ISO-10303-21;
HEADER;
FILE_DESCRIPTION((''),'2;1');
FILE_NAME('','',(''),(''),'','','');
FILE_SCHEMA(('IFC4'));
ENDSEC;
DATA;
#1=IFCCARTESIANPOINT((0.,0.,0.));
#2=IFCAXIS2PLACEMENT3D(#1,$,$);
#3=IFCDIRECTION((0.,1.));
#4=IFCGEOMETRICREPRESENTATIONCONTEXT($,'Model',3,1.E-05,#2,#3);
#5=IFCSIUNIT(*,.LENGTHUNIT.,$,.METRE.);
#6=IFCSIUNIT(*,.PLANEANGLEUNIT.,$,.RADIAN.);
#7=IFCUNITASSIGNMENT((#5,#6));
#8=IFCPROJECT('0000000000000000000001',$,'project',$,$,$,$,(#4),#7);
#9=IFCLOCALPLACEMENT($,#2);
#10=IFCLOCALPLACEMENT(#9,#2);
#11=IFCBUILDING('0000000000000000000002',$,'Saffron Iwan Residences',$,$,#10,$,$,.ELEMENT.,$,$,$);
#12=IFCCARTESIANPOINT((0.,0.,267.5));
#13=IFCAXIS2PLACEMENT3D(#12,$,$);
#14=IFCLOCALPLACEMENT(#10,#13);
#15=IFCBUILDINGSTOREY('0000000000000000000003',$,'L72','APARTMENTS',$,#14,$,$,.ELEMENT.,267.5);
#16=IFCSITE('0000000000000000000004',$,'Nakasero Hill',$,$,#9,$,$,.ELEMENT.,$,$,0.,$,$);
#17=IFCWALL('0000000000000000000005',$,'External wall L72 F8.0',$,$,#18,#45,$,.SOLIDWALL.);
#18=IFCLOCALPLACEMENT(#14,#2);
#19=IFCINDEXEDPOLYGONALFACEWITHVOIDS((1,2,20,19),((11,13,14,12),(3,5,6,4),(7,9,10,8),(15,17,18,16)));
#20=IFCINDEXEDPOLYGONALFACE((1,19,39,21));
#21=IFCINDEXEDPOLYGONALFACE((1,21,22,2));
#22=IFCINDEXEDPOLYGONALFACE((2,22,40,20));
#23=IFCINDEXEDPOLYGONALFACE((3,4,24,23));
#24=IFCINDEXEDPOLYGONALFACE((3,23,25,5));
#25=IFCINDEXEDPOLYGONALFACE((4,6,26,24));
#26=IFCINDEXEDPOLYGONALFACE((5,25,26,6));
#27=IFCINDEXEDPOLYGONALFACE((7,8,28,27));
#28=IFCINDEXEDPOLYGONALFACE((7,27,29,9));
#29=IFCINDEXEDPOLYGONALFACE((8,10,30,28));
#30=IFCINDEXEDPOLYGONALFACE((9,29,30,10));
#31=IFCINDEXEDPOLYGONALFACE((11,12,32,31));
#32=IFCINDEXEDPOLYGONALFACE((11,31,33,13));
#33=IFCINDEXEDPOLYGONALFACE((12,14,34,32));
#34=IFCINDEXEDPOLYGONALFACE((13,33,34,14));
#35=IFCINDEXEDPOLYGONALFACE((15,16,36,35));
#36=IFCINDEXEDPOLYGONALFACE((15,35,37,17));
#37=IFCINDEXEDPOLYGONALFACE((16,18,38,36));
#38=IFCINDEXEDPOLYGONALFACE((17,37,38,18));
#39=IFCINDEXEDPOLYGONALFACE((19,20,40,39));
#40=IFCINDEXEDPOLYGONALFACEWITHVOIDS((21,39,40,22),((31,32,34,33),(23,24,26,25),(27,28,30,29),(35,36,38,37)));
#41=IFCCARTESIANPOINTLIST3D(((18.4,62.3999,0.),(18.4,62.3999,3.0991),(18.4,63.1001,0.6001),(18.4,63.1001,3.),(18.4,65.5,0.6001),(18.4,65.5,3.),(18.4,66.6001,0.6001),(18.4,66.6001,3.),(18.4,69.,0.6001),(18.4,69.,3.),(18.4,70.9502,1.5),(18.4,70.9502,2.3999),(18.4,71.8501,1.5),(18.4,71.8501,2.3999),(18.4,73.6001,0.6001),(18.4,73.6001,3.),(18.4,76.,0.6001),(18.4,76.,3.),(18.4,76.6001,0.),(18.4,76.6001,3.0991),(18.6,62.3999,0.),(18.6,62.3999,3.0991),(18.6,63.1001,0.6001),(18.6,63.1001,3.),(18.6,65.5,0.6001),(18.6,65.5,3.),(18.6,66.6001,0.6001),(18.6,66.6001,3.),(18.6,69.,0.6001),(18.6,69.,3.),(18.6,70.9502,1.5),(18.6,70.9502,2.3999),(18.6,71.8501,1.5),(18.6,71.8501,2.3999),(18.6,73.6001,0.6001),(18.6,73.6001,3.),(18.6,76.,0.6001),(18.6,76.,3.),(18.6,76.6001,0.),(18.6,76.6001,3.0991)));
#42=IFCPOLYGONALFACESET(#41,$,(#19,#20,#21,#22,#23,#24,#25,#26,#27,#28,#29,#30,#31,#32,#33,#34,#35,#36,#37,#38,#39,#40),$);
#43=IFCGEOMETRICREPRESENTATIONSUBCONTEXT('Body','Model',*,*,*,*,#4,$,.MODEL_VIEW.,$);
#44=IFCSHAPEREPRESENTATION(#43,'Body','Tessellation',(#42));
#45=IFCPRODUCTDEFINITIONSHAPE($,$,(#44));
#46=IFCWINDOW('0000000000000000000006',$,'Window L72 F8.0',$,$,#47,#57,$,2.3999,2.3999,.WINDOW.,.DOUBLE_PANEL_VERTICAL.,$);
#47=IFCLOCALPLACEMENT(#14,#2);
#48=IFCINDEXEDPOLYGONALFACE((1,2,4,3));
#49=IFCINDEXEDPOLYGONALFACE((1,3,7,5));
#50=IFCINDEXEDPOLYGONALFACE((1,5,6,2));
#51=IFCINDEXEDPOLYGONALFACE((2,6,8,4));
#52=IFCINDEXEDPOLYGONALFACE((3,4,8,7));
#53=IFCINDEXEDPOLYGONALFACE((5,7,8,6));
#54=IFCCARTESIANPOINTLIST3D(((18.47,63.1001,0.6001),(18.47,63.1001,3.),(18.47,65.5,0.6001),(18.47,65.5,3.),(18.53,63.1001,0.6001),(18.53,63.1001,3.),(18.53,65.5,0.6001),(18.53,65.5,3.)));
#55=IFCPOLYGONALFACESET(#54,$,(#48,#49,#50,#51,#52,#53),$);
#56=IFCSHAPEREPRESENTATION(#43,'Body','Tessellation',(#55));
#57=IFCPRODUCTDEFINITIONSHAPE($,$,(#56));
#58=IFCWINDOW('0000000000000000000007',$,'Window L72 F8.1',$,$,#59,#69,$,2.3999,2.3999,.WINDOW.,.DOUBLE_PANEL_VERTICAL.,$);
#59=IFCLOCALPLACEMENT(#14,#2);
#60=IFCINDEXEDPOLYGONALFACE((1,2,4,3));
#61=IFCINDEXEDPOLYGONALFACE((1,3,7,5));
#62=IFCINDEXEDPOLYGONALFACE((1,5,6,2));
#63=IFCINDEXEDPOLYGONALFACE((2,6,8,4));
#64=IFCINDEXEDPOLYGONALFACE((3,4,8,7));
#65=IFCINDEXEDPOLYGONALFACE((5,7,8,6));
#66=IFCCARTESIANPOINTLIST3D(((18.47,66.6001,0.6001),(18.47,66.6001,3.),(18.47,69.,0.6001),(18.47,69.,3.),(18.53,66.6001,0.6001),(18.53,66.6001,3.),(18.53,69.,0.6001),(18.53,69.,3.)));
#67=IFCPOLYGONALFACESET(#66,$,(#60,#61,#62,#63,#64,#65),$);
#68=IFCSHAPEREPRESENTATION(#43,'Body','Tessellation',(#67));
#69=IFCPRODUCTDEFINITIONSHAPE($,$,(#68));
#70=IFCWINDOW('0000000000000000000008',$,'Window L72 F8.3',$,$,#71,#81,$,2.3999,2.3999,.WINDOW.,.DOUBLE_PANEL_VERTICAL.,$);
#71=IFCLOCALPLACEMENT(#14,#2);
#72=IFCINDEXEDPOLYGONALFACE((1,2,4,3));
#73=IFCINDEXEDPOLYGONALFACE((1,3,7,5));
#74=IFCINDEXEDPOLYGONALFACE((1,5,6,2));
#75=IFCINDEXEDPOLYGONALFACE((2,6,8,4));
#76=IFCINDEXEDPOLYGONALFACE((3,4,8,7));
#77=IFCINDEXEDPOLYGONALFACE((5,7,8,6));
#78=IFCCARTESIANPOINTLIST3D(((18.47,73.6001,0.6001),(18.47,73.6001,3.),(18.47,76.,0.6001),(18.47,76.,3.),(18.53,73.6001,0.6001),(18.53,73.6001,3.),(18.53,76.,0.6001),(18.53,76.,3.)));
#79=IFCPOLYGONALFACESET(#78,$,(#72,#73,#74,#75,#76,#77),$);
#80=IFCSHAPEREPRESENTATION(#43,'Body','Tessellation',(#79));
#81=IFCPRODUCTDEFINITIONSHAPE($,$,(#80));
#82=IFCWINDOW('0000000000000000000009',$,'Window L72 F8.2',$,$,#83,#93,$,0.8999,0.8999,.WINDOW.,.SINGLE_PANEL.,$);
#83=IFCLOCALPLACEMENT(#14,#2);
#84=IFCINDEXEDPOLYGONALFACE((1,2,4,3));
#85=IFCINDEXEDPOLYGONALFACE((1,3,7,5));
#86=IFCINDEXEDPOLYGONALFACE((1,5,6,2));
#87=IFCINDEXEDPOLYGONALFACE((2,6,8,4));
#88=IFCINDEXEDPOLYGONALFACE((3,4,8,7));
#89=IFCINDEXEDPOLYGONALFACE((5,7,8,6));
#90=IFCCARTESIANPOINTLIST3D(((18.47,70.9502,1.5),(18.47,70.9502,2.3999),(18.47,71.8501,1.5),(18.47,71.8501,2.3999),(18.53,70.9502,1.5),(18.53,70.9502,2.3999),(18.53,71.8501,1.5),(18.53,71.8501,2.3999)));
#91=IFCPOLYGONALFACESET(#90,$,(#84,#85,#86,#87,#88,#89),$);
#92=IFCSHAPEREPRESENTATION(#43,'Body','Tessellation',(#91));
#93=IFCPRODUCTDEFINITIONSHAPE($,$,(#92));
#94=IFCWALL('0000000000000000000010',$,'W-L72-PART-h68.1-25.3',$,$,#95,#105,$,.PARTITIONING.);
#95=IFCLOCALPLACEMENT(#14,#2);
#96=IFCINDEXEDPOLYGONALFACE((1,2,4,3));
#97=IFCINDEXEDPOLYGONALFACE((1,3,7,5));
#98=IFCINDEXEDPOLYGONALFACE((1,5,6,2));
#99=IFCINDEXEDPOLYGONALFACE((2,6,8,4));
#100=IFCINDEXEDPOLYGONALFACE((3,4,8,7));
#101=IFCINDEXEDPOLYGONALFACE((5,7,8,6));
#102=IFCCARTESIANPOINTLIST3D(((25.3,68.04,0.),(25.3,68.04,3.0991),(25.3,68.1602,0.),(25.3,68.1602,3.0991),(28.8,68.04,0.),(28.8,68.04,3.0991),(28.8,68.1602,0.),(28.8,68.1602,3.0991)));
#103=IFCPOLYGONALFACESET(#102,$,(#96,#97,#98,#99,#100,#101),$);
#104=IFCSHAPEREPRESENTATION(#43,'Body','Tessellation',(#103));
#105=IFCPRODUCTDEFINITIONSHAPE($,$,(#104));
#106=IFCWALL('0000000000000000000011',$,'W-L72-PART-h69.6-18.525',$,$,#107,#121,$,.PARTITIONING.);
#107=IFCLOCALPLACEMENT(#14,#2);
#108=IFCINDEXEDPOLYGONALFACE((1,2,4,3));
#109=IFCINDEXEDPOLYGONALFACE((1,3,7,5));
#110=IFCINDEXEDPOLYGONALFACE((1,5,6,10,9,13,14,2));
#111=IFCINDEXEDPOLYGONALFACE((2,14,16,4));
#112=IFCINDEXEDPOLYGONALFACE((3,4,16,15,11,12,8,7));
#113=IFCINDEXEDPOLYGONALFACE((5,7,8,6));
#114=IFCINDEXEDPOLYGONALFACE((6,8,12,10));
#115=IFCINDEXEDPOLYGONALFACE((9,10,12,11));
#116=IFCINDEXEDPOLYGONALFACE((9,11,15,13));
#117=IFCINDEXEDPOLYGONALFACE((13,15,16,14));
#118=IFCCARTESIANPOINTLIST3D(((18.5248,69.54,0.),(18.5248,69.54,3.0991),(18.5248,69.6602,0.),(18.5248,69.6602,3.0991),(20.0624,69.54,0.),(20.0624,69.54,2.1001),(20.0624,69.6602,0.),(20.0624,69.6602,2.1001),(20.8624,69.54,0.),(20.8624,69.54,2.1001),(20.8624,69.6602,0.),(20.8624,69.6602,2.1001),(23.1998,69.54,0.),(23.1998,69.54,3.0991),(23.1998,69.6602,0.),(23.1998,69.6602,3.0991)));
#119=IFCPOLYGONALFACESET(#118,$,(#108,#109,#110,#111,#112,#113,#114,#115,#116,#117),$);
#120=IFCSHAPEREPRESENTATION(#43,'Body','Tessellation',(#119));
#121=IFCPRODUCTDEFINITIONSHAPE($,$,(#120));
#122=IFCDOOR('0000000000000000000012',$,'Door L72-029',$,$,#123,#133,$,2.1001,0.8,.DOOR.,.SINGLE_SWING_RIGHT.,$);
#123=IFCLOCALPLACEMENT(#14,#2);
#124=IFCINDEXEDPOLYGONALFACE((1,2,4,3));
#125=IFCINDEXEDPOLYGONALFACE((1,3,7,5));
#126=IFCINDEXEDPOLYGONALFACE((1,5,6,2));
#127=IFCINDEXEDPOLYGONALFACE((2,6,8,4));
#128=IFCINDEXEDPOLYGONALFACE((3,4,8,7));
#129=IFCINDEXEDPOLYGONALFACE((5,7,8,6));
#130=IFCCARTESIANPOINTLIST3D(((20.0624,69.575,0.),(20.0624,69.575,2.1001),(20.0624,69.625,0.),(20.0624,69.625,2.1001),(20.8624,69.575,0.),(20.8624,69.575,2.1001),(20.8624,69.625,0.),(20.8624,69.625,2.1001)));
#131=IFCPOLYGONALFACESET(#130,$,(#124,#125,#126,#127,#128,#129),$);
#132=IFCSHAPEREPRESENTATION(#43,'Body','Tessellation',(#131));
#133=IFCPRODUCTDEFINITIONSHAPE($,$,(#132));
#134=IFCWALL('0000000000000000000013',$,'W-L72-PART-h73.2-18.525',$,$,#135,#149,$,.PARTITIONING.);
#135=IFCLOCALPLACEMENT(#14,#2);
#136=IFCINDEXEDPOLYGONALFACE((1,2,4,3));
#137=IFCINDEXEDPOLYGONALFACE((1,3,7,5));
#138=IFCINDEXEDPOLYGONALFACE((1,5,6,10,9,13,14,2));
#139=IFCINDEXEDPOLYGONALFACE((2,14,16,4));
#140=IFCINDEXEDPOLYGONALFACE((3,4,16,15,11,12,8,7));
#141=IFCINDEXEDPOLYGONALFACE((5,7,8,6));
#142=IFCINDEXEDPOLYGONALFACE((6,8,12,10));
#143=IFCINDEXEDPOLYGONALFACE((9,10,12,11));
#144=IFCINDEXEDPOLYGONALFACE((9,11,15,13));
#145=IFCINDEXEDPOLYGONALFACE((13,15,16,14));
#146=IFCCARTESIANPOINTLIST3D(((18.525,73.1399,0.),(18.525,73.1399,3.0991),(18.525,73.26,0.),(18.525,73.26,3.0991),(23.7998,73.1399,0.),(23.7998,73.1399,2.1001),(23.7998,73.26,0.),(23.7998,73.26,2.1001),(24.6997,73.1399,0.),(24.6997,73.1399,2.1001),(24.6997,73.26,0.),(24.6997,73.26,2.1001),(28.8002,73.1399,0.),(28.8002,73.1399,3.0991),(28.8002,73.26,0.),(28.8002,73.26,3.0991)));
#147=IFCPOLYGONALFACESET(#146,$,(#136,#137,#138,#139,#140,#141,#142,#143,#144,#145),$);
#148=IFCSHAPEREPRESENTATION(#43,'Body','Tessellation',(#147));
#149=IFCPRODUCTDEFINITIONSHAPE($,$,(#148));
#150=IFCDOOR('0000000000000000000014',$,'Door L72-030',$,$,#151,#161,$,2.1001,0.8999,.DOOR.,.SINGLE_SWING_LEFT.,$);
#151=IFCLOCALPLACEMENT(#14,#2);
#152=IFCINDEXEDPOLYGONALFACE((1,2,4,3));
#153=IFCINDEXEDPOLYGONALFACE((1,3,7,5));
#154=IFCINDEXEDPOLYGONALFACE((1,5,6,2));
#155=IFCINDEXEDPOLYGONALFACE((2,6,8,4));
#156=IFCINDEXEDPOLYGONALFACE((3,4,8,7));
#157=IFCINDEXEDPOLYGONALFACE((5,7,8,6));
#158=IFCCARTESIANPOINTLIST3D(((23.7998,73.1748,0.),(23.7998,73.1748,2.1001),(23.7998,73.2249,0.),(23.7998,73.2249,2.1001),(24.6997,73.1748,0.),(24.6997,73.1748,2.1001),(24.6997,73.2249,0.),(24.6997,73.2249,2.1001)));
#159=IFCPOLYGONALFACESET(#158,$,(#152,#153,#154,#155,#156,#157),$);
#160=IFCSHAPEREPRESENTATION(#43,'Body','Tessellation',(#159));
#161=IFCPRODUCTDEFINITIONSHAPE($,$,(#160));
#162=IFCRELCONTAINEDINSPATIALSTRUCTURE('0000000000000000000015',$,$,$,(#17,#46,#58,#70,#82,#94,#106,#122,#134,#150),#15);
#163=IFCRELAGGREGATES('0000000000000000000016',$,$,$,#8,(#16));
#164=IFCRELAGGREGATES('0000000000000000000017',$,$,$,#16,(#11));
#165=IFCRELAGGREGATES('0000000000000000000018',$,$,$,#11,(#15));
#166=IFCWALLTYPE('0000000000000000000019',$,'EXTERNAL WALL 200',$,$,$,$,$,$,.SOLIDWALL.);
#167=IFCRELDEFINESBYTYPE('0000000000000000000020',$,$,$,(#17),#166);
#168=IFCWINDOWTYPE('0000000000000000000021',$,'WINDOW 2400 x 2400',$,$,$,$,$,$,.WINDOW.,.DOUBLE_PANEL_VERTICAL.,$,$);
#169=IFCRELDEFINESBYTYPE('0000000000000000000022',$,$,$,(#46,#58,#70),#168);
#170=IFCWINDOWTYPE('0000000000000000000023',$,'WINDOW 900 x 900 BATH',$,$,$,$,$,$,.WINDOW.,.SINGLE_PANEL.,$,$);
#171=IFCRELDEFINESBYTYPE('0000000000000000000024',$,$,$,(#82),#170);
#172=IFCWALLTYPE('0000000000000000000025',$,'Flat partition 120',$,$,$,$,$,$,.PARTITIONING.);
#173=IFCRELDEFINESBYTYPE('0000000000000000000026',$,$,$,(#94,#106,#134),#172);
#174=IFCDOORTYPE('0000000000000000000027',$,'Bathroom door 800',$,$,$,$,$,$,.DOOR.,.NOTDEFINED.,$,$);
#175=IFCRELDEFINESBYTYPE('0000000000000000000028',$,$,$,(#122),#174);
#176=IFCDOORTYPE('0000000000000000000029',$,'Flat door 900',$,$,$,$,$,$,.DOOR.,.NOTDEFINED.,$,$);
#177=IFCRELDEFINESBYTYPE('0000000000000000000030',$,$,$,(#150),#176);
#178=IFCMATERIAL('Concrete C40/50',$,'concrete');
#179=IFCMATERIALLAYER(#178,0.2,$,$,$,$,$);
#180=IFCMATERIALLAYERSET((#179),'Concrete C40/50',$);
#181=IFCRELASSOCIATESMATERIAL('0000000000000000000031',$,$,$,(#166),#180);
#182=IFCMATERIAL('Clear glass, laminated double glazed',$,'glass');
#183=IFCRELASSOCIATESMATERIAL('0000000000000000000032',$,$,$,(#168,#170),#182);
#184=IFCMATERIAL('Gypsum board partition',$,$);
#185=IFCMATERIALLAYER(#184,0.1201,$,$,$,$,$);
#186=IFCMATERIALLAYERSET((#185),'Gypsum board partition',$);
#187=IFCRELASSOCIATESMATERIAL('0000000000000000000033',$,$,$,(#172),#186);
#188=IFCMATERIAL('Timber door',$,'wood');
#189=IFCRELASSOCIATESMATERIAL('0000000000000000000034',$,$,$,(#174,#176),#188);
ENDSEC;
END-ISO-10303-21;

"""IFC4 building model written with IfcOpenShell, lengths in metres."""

from ifc_helpers import new_model, si_unit, direction, frame, frame_2d, origin, place, context, subcontext, project, spatial, rectangle, extrude, material, layer, layer_set, type_object, element, fill, save


model = new_model("IFC4")

# Units and contexts
model_context = context("Model", 3, precision=1e-05, world=origin(), true_north=direction((0.0, 1.0)))
body_context = subcontext(model_context, "Body", "Model", "MODEL_VIEW")
ifc_project = project(units=[si_unit("LENGTHUNIT", "METRE"), si_unit("PLANEANGLEUNIT", "RADIAN")], contexts=[model_context])

# Site, building, storey
site_placement = place(None, origin())
site = spatial("IfcSite", under=ifc_project, at=site_placement, Name="Nakasero Hill", CompositionType="ELEMENT", RefElevation=0.0)
building_placement = place(site_placement, origin())
building = spatial("IfcBuilding", under=site, at=building_placement, Name="Saffron Iwan Residences", CompositionType="ELEMENT")
storey_placement = place(building_placement, frame((0.0, 0.0, 267.5)))
storey = spatial("IfcBuildingStorey", under=building, at=storey_placement, Name="L72", Description="APARTMENTS", CompositionType="ELEMENT", Elevation=267.5)

# Shared definitions
ifc_material_1 = material(Name="Concrete C40/50", Category="concrete")

# Shared definitions
ifc_layer_1 = layer(ifc_material_1, 0.2)
ifc_layer_set_1 = layer_set([ifc_layer_1], Name="Concrete C40/50")
wall_type_1 = type_object("IfcWallType", Name="EXTERNAL WALL 200", PredefinedType="SOLIDWALL", material=ifc_layer_set_1)
ifc_material_2 = material(Name="Clear glass, laminated double glazed", Category="glass")
window_type_1 = type_object("IfcWindowType", Name="WINDOW 2400 x 2400", PartitioningType="DOUBLE_PANEL_VERTICAL", PredefinedType="WINDOW", material=ifc_material_2)

# Wall, openings, windows
wall_1_placement = place(storey_placement, frame((18.5, 76.6001, 0.0), z_axis=(0.0, 0.0, 1.0), x_axis=(0.0, -1.0, 0.0)))
wall_1 = element("IfcWall", 1, at=wall_1_placement, inside=storey, type_object=wall_type_1, Name="External wall L72 F8.0", PredefinedType="SOLIDWALL", context=body_context, shape_type="SweptSolid", body=[
    extrude(rectangle(XDim=14.2002, YDim=0.2, at=frame_2d((7.1001, 0.0))), origin(), (0.0, 0.0, 1.0), 3.0991),
])
opening_1_placement = place(wall_1_placement, frame((11.1001, 0.0, 0.6001)))
opening_1 = element("IfcOpeningElement", 2, at=opening_1_placement, cuts=wall_1, PredefinedType="OPENING", context=body_context, shape_type="SweptSolid", body=[
    extrude(rectangle(XDim=2.3999, YDim=2.3999, at=frame_2d((1.2, 1.2))), frame((0.0, 0.1099, 0.0), z_axis=(0.0, -1.0, 0.0), x_axis=(1.0, 0.0, 0.0)), (0.0, 0.0, 1.0), 0.22),
])
opening_2_placement = place(wall_1_placement, frame((7.6001, 0.0, 0.6001)))
opening_2 = element("IfcOpeningElement", 3, at=opening_2_placement, cuts=wall_1, PredefinedType="OPENING", context=body_context, shape_type="SweptSolid", body=[
    extrude(rectangle(XDim=2.3999, YDim=2.3999, at=frame_2d((1.2, 1.2))), frame((0.0, 0.1099, 0.0), z_axis=(0.0, -1.0, 0.0), x_axis=(1.0, 0.0, 0.0)), (0.0, 0.0, 1.0), 0.22),
])
opening_3_placement = place(wall_1_placement, frame((4.75, 0.0, 1.5)))
opening_3 = element("IfcOpeningElement", 4, at=opening_3_placement, cuts=wall_1, PredefinedType="OPENING", context=body_context, shape_type="SweptSolid", body=[
    extrude(rectangle(XDim=0.8999, YDim=0.8999, at=frame_2d((0.45, 0.45))), frame((0.0, 0.1099, 0.0), z_axis=(0.0, -1.0, 0.0), x_axis=(1.0, 0.0, 0.0)), (0.0, 0.0, 1.0), 0.22),
])
opening_4_placement = place(wall_1_placement, frame((0.6001, 0.0, 0.6001)))
opening_4 = element("IfcOpeningElement", 5, at=opening_4_placement, cuts=wall_1, PredefinedType="OPENING", context=body_context, shape_type="SweptSolid", body=[
    extrude(rectangle(XDim=2.3999, YDim=2.3999, at=frame_2d((1.2, 1.2))), frame((0.0, 0.1099, 0.0), z_axis=(0.0, -1.0, 0.0), x_axis=(1.0, 0.0, 0.0)), (0.0, 0.0, 1.0), 0.22),
])
window_1_placement = place(opening_1_placement, origin())
window_1 = element("IfcWindow", 6, at=window_1_placement, inside=storey, type_object=window_type_1, Name="Window L72 F8.0", OverallHeight=2.3999, OverallWidth=2.3999, PartitioningType="DOUBLE_PANEL_VERTICAL", PredefinedType="WINDOW", context=body_context, shape_type="SweptSolid", body=[
    extrude(rectangle(XDim=2.3999, YDim=2.3999, at=frame_2d((1.2, 1.2))), frame((0.0, 0.03, 0.0), z_axis=(0.0, -1.0, 0.0), x_axis=(1.0, 0.0, 0.0)), (0.0, 0.0, 1.0), 0.0601),
])
fill(opening_1, window_1)
window_2_placement = place(opening_2_placement, origin())
window_2 = element("IfcWindow", 7, at=window_2_placement, inside=storey, type_object=window_type_1, Name="Window L72 F8.1", OverallHeight=2.3999, OverallWidth=2.3999, PartitioningType="DOUBLE_PANEL_VERTICAL", PredefinedType="WINDOW", context=body_context, shape_type="SweptSolid", body=[
    extrude(rectangle(XDim=2.3999, YDim=2.3999, at=frame_2d((1.2, 1.2))), frame((0.0, 0.03, 0.0), z_axis=(0.0, -1.0, 0.0), x_axis=(1.0, 0.0, 0.0)), (0.0, 0.0, 1.0), 0.0601),
])
fill(opening_2, window_2)
window_3_placement = place(opening_4_placement, origin())
window_3 = element("IfcWindow", 8, at=window_3_placement, inside=storey, type_object=window_type_1, Name="Window L72 F8.3", OverallHeight=2.3999, OverallWidth=2.3999, PartitioningType="DOUBLE_PANEL_VERTICAL", PredefinedType="WINDOW", context=body_context, shape_type="SweptSolid", body=[
    extrude(rectangle(XDim=2.3999, YDim=2.3999, at=frame_2d((1.2, 1.2))), frame((0.0, 0.03, 0.0), z_axis=(0.0, -1.0, 0.0), x_axis=(1.0, 0.0, 0.0)), (0.0, 0.0, 1.0), 0.0601),
])
fill(opening_4, window_3)
window_type_2 = type_object("IfcWindowType", Name="WINDOW 900 x 900 BATH", PartitioningType="SINGLE_PANEL", PredefinedType="WINDOW", material=ifc_material_2)
window_4_placement = place(opening_3_placement, origin())
window_4 = element("IfcWindow", 9, at=window_4_placement, inside=storey, type_object=window_type_2, Name="Window L72 F8.2", OverallHeight=0.8999, OverallWidth=0.8999, PartitioningType="SINGLE_PANEL", PredefinedType="WINDOW", context=body_context, shape_type="SweptSolid", body=[
    extrude(rectangle(XDim=0.8999, YDim=0.8999, at=frame_2d((0.45, 0.45))), frame((0.0, 0.03, 0.0), z_axis=(0.0, -1.0, 0.0), x_axis=(1.0, 0.0, 0.0)), (0.0, 0.0, 1.0), 0.0601),
])
fill(opening_3, window_4)

# Wall
ifc_material_3 = material(Name="Gypsum board partition")
ifc_layer_2 = layer(ifc_material_3, 0.1201)
ifc_layer_set_2 = layer_set([ifc_layer_2], Name="Gypsum board partition")
wall_type_2 = type_object("IfcWallType", Name="Flat partition 120", PredefinedType="PARTITIONING", material=ifc_layer_set_2)
wall_2_placement = place(storey_placement, frame((25.3, 68.1001, 0.0), z_axis=(0.0, 0.0, 1.0), x_axis=(1.0, 0.0, 0.0)))
element("IfcWall", 10, at=wall_2_placement, inside=storey, type_object=wall_type_2, Name="W-L72-PART-h68.1-25.3", PredefinedType="PARTITIONING", context=body_context, shape_type="SweptSolid", body=[
    extrude(rectangle(XDim=3.5, YDim=0.1201, at=frame_2d((1.75, 0.0))), origin(), (0.0, 0.0, 1.0), 3.0991),
])

# Walls, openings, doors
wall_3_placement = place(storey_placement, frame((18.5249, 69.6001, 0.0), z_axis=(0.0, 0.0, 1.0), x_axis=(1.0, 0.0, 0.0)))
wall_3 = element("IfcWall", 11, at=wall_3_placement, inside=storey, type_object=wall_type_2, Name="W-L72-PART-h69.6-18.525", PredefinedType="PARTITIONING", context=body_context, shape_type="SweptSolid", body=[
    extrude(rectangle(XDim=4.675, YDim=0.1201, at=frame_2d((2.3374, 0.0))), origin(), (0.0, 0.0, 1.0), 3.0991),
])
opening_5_placement = place(wall_3_placement, frame((1.5376, 0.0, 0.0)))
opening_5 = element("IfcOpeningElement", 12, at=opening_5_placement, cuts=wall_3, PredefinedType="OPENING", context=body_context, shape_type="SweptSolid", body=[
    extrude(rectangle(XDim=0.8, YDim=2.1001, at=frame_2d((0.3999, 1.05))), frame((0.0, 0.0701, 0.0), z_axis=(0.0, -1.0, 0.0), x_axis=(1.0, 0.0, 0.0)), (0.0, 0.0, 1.0), 0.1401),
])
ifc_material_4 = material(Name="Timber door", Category="wood")
door_type_1 = type_object("IfcDoorType", Name="Bathroom door 800", OperationType="NOTDEFINED", PredefinedType="DOOR", material=ifc_material_4)
door_1_placement = place(opening_5_placement, origin())
door_1 = element("IfcDoor", 13, at=door_1_placement, inside=storey, type_object=door_type_1, Name="Door L72-029", OperationType="SINGLE_SWING_RIGHT", OverallHeight=2.1001, OverallWidth=0.8, PredefinedType="DOOR", context=body_context, shape_type="SweptSolid", body=[
    extrude(rectangle(XDim=0.8, YDim=2.1001, at=frame_2d((0.3999, 1.05))), frame((0.0, 0.0249, 0.0), z_axis=(0.0, -1.0, 0.0), x_axis=(1.0, 0.0, 0.0)), (0.0, 0.0, 1.0), 0.05),
])
fill(opening_5, door_1)
wall_4_placement = place(storey_placement, frame((18.5249, 73.2, 0.0), z_axis=(0.0, 0.0, 1.0), x_axis=(1.0, 0.0, 0.0)))
wall_4 = element("IfcWall", 14, at=wall_4_placement, inside=storey, type_object=wall_type_2, Name="W-L72-PART-h73.2-18.525", PredefinedType="PARTITIONING", context=body_context, shape_type="SweptSolid", body=[
    extrude(rectangle(XDim=10.2751, YDim=0.1201, at=frame_2d((5.1377, 0.0))), origin(), (0.0, 0.0, 1.0), 3.0991),
])
opening_6_placement = place(wall_4_placement, frame((5.2749, 0.0, 0.0)))
opening_6 = element("IfcOpeningElement", 15, at=opening_6_placement, cuts=wall_4, PredefinedType="OPENING", context=body_context, shape_type="SweptSolid", body=[
    extrude(rectangle(XDim=0.8999, YDim=2.1001, at=frame_2d((0.45, 1.05))), frame((0.0, 0.0701, 0.0), z_axis=(0.0, -1.0, 0.0), x_axis=(1.0, 0.0, 0.0)), (0.0, 0.0, 1.0), 0.1401),
])
door_type_2 = type_object("IfcDoorType", Name="Flat door 900", OperationType="NOTDEFINED", PredefinedType="DOOR", material=ifc_material_4)
door_2_placement = place(opening_6_placement, origin())
door_2 = element("IfcDoor", 16, at=door_2_placement, inside=storey, type_object=door_type_2, Name="Door L72-030", OperationType="SINGLE_SWING_LEFT", OverallHeight=2.1001, OverallWidth=0.8999, PredefinedType="DOOR", context=body_context, shape_type="SweptSolid", body=[
    extrude(rectangle(XDim=0.8999, YDim=2.1001, at=frame_2d((0.45, 1.05))), frame((0.0, 0.0249, 0.0), z_axis=(0.0, -1.0, 0.0), x_axis=(1.0, 0.0, 0.0)), (0.0, 0.0, 1.0), 0.05),
])
fill(opening_6, door_2)

save(model, "model.ifc")
